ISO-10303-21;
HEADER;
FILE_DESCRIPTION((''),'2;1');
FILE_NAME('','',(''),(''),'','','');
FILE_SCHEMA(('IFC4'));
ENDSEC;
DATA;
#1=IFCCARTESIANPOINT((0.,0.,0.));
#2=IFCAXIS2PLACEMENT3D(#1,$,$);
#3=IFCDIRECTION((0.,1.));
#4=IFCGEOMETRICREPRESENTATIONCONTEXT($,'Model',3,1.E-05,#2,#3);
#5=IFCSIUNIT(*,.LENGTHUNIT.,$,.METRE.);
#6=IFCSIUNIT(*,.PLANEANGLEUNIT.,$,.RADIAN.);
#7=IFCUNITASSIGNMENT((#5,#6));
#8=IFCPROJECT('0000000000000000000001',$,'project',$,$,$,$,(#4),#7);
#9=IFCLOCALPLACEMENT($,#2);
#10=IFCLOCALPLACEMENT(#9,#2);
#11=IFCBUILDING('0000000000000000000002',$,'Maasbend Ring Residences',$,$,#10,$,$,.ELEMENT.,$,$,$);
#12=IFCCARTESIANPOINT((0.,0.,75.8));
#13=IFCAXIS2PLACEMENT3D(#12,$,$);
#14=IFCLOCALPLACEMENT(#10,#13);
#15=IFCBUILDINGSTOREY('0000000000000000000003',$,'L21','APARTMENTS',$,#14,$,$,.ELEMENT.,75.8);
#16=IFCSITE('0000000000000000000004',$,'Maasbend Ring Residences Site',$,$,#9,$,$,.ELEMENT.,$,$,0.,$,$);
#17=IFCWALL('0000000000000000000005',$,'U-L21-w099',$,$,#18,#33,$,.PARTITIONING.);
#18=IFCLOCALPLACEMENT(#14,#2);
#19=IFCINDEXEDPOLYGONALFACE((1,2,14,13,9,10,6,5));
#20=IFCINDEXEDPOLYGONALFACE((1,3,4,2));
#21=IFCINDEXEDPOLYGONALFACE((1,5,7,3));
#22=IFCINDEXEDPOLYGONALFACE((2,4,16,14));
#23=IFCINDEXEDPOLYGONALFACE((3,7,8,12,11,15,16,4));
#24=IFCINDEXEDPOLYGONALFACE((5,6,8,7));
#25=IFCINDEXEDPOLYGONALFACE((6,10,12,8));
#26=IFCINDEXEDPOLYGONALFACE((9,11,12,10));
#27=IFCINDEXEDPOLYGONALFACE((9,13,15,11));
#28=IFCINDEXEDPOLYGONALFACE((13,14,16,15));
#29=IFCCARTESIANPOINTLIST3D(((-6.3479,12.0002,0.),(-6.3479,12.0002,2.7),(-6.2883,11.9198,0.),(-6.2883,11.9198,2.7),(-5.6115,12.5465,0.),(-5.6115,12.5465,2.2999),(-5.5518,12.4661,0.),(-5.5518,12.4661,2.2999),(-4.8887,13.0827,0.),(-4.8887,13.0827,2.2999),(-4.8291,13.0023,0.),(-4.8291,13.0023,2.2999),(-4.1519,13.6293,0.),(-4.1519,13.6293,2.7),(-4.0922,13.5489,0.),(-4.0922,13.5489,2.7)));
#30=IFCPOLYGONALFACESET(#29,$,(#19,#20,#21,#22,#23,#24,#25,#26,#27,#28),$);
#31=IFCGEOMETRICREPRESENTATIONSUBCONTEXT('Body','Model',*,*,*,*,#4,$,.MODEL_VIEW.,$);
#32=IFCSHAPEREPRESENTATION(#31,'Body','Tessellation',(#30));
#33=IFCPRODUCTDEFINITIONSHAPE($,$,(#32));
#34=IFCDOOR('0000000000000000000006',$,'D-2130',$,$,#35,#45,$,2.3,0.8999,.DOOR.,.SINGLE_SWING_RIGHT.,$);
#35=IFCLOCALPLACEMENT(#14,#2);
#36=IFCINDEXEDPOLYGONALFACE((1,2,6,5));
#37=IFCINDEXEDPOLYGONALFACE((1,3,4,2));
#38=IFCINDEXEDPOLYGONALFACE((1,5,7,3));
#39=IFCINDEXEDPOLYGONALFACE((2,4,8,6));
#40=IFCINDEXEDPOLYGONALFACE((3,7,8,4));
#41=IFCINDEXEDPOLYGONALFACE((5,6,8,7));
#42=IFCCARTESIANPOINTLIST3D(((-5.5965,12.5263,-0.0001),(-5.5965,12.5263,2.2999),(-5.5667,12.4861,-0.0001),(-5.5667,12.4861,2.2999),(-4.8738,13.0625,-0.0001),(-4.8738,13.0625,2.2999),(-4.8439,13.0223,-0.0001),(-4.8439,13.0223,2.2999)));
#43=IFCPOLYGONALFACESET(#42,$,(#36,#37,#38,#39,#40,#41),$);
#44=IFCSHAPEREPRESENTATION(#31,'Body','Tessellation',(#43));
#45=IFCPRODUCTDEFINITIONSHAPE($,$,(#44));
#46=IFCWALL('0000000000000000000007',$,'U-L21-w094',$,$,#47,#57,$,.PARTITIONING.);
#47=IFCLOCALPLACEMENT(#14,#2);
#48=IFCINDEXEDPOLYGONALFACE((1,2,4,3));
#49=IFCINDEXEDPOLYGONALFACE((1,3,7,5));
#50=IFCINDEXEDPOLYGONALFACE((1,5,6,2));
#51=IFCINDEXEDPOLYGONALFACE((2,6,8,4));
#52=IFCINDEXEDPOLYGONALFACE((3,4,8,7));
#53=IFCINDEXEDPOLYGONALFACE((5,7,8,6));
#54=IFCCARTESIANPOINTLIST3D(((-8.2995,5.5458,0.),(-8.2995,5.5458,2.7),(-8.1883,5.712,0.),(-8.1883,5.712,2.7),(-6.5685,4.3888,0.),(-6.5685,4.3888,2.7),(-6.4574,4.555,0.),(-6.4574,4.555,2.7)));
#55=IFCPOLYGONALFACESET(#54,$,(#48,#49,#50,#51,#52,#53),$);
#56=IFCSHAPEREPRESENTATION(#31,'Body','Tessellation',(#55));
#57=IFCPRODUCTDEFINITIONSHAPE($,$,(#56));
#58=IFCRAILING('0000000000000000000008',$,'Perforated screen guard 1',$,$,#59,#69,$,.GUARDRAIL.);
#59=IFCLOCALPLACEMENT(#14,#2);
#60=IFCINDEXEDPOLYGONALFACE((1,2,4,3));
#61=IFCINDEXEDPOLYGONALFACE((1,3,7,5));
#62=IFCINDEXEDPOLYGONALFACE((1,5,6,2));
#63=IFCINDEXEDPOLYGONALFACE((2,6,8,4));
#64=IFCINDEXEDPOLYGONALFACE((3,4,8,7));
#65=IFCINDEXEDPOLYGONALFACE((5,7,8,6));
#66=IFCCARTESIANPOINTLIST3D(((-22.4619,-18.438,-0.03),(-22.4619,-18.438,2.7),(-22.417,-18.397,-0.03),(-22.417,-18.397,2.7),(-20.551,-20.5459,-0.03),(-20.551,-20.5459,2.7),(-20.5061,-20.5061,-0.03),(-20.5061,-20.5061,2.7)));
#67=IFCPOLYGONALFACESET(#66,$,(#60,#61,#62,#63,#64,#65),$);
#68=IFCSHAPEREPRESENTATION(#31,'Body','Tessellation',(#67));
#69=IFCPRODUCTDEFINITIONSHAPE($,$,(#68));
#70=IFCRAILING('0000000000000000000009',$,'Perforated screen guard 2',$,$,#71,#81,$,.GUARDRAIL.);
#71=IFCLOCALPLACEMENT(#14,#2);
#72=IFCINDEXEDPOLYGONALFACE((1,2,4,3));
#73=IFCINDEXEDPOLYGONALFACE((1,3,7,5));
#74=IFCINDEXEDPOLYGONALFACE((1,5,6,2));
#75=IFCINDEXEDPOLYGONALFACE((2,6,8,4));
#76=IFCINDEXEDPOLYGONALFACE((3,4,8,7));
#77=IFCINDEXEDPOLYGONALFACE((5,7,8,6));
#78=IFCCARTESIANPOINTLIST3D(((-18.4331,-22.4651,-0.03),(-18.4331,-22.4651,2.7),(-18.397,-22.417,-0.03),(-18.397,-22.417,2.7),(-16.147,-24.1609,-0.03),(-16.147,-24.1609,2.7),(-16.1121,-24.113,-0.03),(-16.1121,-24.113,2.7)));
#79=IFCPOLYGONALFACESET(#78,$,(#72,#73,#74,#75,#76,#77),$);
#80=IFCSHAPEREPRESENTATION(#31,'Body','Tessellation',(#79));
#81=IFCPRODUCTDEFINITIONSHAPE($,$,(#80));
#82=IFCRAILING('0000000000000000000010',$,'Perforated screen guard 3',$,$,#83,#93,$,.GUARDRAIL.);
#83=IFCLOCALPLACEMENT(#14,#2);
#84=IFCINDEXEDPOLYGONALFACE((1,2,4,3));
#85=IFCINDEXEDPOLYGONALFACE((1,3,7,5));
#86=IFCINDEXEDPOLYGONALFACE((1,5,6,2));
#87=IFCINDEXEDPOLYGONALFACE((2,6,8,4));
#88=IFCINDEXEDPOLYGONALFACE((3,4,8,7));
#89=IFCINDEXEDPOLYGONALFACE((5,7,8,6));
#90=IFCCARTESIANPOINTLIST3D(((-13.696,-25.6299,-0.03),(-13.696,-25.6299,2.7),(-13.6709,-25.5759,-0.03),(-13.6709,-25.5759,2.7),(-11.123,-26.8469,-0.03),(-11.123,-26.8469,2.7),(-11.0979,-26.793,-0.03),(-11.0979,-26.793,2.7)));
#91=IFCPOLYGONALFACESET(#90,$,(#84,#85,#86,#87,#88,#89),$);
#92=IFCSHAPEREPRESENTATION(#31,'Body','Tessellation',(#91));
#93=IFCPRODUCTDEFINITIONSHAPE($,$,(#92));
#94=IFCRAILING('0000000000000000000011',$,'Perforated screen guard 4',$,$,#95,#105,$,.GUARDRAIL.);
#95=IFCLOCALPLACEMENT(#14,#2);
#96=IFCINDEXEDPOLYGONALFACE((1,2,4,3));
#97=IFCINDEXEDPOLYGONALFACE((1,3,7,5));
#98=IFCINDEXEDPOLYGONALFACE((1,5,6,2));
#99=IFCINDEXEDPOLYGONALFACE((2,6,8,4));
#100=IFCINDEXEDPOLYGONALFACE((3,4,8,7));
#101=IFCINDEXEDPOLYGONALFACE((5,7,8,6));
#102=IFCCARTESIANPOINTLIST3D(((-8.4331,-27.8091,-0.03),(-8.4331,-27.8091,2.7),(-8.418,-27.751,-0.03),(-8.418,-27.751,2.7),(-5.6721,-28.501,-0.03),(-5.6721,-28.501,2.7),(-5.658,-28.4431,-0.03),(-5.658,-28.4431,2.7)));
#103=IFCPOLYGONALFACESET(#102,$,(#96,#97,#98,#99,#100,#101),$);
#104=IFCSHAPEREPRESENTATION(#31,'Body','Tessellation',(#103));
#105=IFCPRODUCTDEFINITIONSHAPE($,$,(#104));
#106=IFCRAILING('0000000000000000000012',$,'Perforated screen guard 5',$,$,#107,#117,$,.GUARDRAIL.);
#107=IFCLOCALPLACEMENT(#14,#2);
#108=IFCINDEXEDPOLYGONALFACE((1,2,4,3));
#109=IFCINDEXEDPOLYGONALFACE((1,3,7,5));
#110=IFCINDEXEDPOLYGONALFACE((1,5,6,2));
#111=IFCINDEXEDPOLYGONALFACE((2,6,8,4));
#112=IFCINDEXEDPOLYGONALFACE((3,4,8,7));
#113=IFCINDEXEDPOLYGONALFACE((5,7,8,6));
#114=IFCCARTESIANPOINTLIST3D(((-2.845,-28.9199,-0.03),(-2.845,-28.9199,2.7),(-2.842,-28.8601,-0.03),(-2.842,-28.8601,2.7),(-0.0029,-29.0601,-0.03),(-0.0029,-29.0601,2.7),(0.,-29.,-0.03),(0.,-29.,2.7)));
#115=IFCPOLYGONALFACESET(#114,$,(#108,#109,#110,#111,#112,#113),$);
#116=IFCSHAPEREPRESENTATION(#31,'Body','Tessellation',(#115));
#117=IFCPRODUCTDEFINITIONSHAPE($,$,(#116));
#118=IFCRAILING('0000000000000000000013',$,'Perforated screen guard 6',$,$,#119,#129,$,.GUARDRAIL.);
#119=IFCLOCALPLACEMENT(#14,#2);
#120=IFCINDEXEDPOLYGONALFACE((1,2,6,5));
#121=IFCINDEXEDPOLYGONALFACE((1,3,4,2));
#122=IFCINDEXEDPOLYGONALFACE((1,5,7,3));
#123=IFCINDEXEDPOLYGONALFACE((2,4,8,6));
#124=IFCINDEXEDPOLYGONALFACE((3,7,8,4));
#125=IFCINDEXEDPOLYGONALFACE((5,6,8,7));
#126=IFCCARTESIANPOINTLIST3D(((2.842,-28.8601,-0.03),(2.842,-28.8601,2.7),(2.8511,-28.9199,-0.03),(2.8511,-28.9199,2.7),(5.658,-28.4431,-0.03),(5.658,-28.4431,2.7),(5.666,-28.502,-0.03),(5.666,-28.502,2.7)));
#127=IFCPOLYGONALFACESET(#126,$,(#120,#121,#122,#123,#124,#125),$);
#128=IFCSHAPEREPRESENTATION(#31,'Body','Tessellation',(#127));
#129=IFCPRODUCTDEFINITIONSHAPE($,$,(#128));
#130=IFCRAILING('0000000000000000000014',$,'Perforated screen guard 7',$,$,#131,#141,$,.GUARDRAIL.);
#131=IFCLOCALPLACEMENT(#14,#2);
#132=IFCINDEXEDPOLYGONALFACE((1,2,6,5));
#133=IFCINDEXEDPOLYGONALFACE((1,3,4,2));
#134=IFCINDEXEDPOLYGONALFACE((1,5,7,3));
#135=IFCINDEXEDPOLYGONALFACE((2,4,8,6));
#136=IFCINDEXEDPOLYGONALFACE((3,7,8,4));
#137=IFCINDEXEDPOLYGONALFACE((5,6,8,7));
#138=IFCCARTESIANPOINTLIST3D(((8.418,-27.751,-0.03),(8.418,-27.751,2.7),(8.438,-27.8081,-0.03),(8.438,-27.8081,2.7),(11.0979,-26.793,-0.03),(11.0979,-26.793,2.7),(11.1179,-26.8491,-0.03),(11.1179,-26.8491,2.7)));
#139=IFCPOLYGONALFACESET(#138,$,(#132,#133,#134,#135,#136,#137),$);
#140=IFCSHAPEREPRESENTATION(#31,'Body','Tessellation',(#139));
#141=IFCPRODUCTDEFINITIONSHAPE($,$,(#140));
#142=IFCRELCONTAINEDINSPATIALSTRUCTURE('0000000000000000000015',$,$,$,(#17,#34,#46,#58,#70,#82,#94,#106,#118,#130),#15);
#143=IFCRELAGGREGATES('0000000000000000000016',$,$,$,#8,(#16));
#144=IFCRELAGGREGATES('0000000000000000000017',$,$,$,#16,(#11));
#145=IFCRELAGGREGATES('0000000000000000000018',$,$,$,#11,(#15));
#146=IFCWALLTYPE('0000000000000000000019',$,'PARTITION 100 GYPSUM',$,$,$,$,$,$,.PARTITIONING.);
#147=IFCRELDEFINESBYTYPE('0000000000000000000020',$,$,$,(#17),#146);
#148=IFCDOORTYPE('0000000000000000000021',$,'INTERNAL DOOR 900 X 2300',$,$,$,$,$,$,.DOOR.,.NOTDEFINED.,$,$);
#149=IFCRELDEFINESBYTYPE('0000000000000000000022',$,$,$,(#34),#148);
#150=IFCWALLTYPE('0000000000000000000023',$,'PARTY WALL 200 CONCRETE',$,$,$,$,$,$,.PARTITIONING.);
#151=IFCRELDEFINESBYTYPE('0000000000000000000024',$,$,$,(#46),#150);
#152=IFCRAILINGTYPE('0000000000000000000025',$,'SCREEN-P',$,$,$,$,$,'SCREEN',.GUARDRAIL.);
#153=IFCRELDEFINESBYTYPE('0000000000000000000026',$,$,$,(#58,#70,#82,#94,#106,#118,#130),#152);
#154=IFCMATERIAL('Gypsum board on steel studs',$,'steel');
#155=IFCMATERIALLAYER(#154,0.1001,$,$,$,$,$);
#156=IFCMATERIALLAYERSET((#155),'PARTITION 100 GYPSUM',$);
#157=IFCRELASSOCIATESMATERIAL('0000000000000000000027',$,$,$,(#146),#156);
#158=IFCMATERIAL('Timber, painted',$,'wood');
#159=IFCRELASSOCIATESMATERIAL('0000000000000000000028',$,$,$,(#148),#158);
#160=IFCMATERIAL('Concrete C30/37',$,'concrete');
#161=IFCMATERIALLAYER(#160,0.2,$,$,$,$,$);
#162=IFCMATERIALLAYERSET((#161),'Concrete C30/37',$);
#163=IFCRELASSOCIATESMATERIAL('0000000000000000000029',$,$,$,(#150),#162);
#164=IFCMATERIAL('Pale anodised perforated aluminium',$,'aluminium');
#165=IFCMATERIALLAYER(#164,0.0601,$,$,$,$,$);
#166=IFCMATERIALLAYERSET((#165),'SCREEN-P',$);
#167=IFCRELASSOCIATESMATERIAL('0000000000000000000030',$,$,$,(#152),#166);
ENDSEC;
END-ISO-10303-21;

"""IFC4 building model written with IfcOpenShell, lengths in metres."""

from ifc_helpers import new_model, si_unit, direction, frame, frame_2d, origin, place, context, subcontext, project, spatial, polyline, rectangle, outline, extrude, material, layer, layer_set, type_object, element, fill, save


model = new_model("IFC4")

# Units and contexts
model_context = context("Model", 3, precision=1e-05, world=origin(), true_north=direction((0.0, 1.0)))
body_context = subcontext(model_context, "Body", "Model", "MODEL_VIEW")
ifc_project = project(units=[si_unit("LENGTHUNIT", "METRE"), si_unit("PLANEANGLEUNIT", "RADIAN")], contexts=[model_context])

# Site, building, storey
site_placement = place(None, origin())
site = spatial("IfcSite", under=ifc_project, at=site_placement, Name="Maasbend Ring Residences Site", CompositionType="ELEMENT", RefElevation=0.0)
building_placement = place(site_placement, origin())
building = spatial("IfcBuilding", under=site, at=building_placement, Name="Maasbend Ring Residences", CompositionType="ELEMENT")
storey_placement = place(building_placement, frame((0.0, 0.0, 75.8)))
storey = spatial("IfcBuildingStorey", under=building, at=storey_placement, Name="L21", Description="APARTMENTS", CompositionType="ELEMENT", Elevation=75.8)

# Wall, opening, door
ifc_material_1 = material(Name="Gypsum board on steel studs", Category="steel")
ifc_layer_1 = layer(ifc_material_1, 0.1001)
ifc_layer_set_1 = layer_set([ifc_layer_1], Name="PARTITION 100 GYPSUM")
wall_type_1 = type_object("IfcWallType", Name="PARTITION 100 GYPSUM", PredefinedType="PARTITIONING", material=ifc_layer_set_1)
wall_1_placement = place(storey_placement, frame((-6.3181, 11.96, 0.0), z_axis=(0.0, 0.0, 1.0), x_axis=(0.803128, 0.595806, 0.0)))
wall_1 = element("IfcWall", 1, at=wall_1_placement, inside=storey, type_object=wall_type_1, Name="U-L21-w099", PredefinedType="PARTITIONING", context=body_context, shape_type="SweptSolid", body=[
    extrude(rectangle(XDim=2.7344, YDim=0.1001, at=frame_2d((1.3672, 0.0))), origin(), (0.0, 0.0, 1.0), 2.7),
])
opening_placement = place(wall_1_placement, frame((0.917, 0.0, 0.0)))
opening = element("IfcOpeningElement", 2, at=opening_placement, cuts=wall_1, PredefinedType="OPENING", context=body_context, shape_type="SweptSolid", body=[
    extrude(rectangle(XDim=0.8999, YDim=2.3, at=frame_2d((0.45, 1.1499))), frame((0.0, 0.0601, 0.0), z_axis=(0.0, -1.0, 0.0), x_axis=(1.0, 0.0, 0.0)), (0.0, 0.0, 1.0), 0.1201),
])
ifc_material_2 = material(Name="Timber, painted", Category="wood")
door_type = type_object("IfcDoorType", Name="INTERNAL DOOR 900 X 2300", OperationType="NOTDEFINED", PredefinedType="DOOR", material=ifc_material_2)
door_placement = place(opening_placement, origin())
door = element("IfcDoor", 3, at=door_placement, inside=storey, type_object=door_type, Name="D-2130", OperationType="SINGLE_SWING_RIGHT", OverallHeight=2.3, OverallWidth=0.8999, PredefinedType="DOOR", context=body_context, shape_type="SweptSolid", body=[
    extrude(rectangle(XDim=0.8999, YDim=2.3, at=frame_2d((0.45, 1.1499))), frame((0.0, 0.0249, 0.0), z_axis=(0.0, -1.0, 0.0), x_axis=(1.0, 0.0, 0.0)), (0.0, 0.0, 1.0), 0.05),
])
fill(opening, door)

# Wall
ifc_material_3 = material(Name="Concrete C30/37", Category="concrete")
ifc_layer_2 = layer(ifc_material_3, 0.2)
ifc_layer_set_2 = layer_set([ifc_layer_2], Name="Concrete C30/37")
wall_type_2 = type_object("IfcWallType", Name="PARTY WALL 200 CONCRETE", PredefinedType="PARTITIONING", material=ifc_layer_set_2)
wall_2_placement = place(storey_placement, frame((-6.5129, 4.4719, 0.0), z_axis=(0.0, 0.0, 1.0), x_axis=(-0.831382, 0.555701, 0.0)))
element("IfcWall", 4, at=wall_2_placement, inside=storey, type_object=wall_type_2, Name="U-L21-w094", PredefinedType="PARTITIONING", context=body_context, shape_type="SweptSolid", body=[
    extrude(rectangle(XDim=2.082, YDim=0.2, at=frame_2d((1.041, 0.0))), origin(), (0.0, 0.0, 1.0), 2.7),
])

# Railings
ifc_material_4 = material(Name="Pale anodised perforated aluminium", Category="aluminium")
ifc_layer_3 = layer(ifc_material_4, 0.0601)
ifc_layer_set_3 = layer_set([ifc_layer_3], Name="SCREEN-P")
railing_type = type_object("IfcRailingType", Name="SCREEN-P", ElementType="SCREEN", PredefinedType="GUARDRAIL", material=ifc_layer_set_3)
railing_1_placement = place(storey_placement, frame((0.0, 0.0, -0.03)))
element("IfcRailing", 5, at=railing_1_placement, inside=storey, type_object=railing_type, Name="Perforated screen guard 1", PredefinedType="GUARDRAIL", context=body_context, shape_type="SweptSolid", body=[
    extrude(outline(polyline([(-22.417, -18.397), (-20.5061, -20.5061), (-20.551, -20.5459), (-22.4619, -18.438), (-22.417, -18.397)])), origin(), (0.0, 0.0, 1.0), 2.73),
])
railing_2_placement = place(storey_placement, frame((0.0, 0.0, -0.03)))
element("IfcRailing", 6, at=railing_2_placement, inside=storey, type_object=railing_type, Name="Perforated screen guard 2", PredefinedType="GUARDRAIL", context=body_context, shape_type="SweptSolid", body=[
    extrude(outline(polyline([(-18.397, -22.417), (-16.1121, -24.113), (-16.147, -24.1609), (-18.4331, -22.4651), (-18.397, -22.417)])), origin(), (0.0, 0.0, 1.0), 2.73),
])
railing_3_placement = place(storey_placement, frame((0.0, 0.0, -0.03)))
element("IfcRailing", 7, at=railing_3_placement, inside=storey, type_object=railing_type, Name="Perforated screen guard 3", PredefinedType="GUARDRAIL", context=body_context, shape_type="SweptSolid", body=[
    extrude(outline(polyline([(-13.6709, -25.5759), (-11.0979, -26.793), (-11.123, -26.8469), (-13.696, -25.6299), (-13.6709, -25.5759)])), origin(), (0.0, 0.0, 1.0), 2.73),
])
railing_4_placement = place(storey_placement, frame((0.0, 0.0, -0.03)))
element("IfcRailing", 8, at=railing_4_placement, inside=storey, type_object=railing_type, Name="Perforated screen guard 4", PredefinedType="GUARDRAIL", context=body_context, shape_type="SweptSolid", body=[
    extrude(outline(polyline([(-8.418, -27.751), (-5.658, -28.4431), (-5.6721, -28.501), (-8.4331, -27.8091), (-8.418, -27.751)])), origin(), (0.0, 0.0, 1.0), 2.73),
])
railing_5_placement = place(storey_placement, frame((0.0, 0.0, -0.03)))
element("IfcRailing", 9, at=railing_5_placement, inside=storey, type_object=railing_type, Name="Perforated screen guard 5", PredefinedType="GUARDRAIL", context=body_context, shape_type="SweptSolid", body=[
    extrude(outline(polyline([(-2.842, -28.8601), (0.0, -29.0), (-0.0029, -29.0601), (-2.845, -28.9199), (-2.842, -28.8601)])), origin(), (0.0, 0.0, 1.0), 2.73),
])
railing_6_placement = place(storey_placement, frame((0.0, 0.0, -0.03)))
element("IfcRailing", 10, at=railing_6_placement, inside=storey, type_object=railing_type, Name="Perforated screen guard 6", PredefinedType="GUARDRAIL", context=body_context, shape_type="SweptSolid", body=[
    extrude(outline(polyline([(2.842, -28.8601), (5.658, -28.4431), (5.666, -28.502), (2.8511, -28.9199), (2.842, -28.8601)])), origin(), (0.0, 0.0, 1.0), 2.73),
])
railing_7_placement = place(storey_placement, frame((0.0, 0.0, -0.03)))
element("IfcRailing", 11, at=railing_7_placement, inside=storey, type_object=railing_type, Name="Perforated screen guard 7", PredefinedType="GUARDRAIL", context=body_context, shape_type="SweptSolid", body=[
    extrude(outline(polyline([(8.418, -27.751), (11.0979, -26.793), (11.1179, -26.8491), (8.438, -27.8081), (8.418, -27.751)])), origin(), (0.0, 0.0, 1.0), 2.73),
])

save(model, "model.ifc")
